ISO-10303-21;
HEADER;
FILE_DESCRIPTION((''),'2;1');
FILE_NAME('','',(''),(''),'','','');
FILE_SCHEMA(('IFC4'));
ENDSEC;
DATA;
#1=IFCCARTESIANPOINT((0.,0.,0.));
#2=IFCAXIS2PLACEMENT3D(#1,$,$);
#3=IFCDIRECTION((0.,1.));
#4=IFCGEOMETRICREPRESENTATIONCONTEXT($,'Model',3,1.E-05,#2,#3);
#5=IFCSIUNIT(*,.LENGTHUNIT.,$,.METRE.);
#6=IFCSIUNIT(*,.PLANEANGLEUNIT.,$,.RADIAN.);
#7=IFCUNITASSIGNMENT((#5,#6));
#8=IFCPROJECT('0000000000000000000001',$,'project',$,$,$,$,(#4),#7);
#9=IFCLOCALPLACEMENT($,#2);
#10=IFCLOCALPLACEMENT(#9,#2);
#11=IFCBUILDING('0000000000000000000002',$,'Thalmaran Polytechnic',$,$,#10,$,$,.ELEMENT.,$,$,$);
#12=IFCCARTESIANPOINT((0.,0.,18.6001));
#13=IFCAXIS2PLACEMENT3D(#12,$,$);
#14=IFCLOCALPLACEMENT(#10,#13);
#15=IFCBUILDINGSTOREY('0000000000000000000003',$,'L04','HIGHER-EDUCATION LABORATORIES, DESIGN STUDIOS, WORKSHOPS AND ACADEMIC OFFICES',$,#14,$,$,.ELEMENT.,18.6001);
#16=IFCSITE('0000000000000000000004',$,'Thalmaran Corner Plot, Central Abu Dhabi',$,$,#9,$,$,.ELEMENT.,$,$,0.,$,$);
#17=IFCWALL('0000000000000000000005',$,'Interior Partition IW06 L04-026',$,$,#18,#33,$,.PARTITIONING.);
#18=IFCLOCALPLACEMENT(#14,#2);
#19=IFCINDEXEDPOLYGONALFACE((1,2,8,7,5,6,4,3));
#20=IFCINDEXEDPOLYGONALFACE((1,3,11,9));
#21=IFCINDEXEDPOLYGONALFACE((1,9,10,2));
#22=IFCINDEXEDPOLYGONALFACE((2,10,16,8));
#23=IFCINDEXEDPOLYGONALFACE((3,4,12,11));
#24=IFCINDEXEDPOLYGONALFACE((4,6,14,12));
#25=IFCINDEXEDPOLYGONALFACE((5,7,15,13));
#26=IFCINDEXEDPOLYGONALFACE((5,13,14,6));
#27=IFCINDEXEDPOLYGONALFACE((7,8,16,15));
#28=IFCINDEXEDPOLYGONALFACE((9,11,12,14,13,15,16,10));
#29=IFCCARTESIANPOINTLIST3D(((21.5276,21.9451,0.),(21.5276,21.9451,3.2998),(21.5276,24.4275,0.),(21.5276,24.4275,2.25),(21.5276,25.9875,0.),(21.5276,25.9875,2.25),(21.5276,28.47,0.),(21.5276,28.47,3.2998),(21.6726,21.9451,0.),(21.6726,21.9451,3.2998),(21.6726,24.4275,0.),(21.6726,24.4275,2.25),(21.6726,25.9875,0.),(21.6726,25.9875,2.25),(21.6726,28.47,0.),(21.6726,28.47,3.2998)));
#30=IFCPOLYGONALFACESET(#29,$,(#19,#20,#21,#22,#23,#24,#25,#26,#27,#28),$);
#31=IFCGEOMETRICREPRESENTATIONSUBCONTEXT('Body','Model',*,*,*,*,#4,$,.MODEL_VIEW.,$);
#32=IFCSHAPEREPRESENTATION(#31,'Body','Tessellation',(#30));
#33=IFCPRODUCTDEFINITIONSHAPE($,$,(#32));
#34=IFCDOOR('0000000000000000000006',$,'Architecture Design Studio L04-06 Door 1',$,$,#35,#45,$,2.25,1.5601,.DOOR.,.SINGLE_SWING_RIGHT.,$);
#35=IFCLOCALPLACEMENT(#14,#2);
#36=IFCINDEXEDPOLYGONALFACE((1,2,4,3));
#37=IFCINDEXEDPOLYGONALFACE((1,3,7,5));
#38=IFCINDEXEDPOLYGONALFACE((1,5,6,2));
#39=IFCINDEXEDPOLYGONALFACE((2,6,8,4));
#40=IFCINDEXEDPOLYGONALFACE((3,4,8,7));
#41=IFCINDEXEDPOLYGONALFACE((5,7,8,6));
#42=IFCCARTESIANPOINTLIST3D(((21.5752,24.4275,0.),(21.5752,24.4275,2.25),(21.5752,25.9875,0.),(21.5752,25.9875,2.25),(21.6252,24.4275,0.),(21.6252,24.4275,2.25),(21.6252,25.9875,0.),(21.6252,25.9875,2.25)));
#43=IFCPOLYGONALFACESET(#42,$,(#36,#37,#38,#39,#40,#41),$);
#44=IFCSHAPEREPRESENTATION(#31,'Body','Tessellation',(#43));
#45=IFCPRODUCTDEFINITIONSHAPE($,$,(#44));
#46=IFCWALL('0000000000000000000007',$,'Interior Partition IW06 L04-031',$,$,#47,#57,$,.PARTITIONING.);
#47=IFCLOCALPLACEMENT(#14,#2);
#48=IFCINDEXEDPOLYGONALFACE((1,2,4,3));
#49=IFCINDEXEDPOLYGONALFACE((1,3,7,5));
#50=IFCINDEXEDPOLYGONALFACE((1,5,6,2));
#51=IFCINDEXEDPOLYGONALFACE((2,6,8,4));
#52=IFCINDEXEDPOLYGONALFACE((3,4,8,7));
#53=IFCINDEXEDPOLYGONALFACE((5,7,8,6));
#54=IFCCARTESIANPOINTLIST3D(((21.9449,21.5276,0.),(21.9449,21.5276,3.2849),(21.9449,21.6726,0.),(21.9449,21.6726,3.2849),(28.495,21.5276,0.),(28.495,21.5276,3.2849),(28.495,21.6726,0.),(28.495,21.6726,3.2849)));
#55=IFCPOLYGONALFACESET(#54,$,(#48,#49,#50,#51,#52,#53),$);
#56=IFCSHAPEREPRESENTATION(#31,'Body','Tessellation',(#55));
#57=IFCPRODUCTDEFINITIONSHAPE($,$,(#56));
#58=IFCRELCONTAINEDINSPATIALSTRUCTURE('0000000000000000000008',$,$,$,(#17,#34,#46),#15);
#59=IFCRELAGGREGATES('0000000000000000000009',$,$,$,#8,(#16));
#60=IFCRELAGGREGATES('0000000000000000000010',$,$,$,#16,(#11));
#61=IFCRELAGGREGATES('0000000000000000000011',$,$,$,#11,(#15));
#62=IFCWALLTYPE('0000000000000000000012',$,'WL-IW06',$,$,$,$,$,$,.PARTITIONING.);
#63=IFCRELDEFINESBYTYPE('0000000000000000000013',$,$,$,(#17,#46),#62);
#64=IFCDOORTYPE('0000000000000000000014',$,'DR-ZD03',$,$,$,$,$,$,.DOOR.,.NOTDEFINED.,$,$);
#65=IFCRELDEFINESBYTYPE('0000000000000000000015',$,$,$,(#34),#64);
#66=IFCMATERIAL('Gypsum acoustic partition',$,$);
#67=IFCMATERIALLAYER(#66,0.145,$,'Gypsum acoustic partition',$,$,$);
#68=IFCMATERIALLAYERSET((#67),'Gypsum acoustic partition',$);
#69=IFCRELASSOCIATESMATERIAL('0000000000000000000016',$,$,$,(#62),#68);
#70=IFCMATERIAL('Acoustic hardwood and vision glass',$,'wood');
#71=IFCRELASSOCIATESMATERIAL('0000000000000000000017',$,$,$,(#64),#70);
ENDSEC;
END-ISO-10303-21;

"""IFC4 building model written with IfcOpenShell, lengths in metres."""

from ifc_helpers import new_model, si_unit, direction, frame, frame_2d, origin, place, context, subcontext, project, spatial, rectangle, extrude, material, layer, layer_set, type_object, element, fill, save


model = new_model("IFC4")

# Units and contexts
model_context = context("Model", 3, precision=1e-05, world=origin(), true_north=direction((0.0, 1.0)))
body_context = subcontext(model_context, "Body", "Model", "MODEL_VIEW")
ifc_project = project(units=[si_unit("LENGTHUNIT", "METRE"), si_unit("PLANEANGLEUNIT", "RADIAN")], contexts=[model_context])

# Site, building, storey
site_placement = place(None, origin())
site = spatial("IfcSite", under=ifc_project, at=site_placement, Name="Thalmaran Corner Plot, Central Abu Dhabi", CompositionType="ELEMENT", RefElevation=0.0)
building_placement = place(site_placement, origin())
building = spatial("IfcBuilding", under=site, at=building_placement, Name="Thalmaran Polytechnic", CompositionType="ELEMENT")
storey_placement = place(building_placement, frame((0.0, 0.0, 18.6001)))
storey = spatial("IfcBuildingStorey", under=building, at=storey_placement, Name="L04", Description="HIGHER-EDUCATION LABORATORIES, DESIGN STUDIOS, WORKSHOPS AND ACADEMIC OFFICES", CompositionType="ELEMENT", Elevation=18.6001)

# Wall, opening, door
ifc_material_1 = material(Name="Gypsum acoustic partition")
ifc_layer_1 = layer(ifc_material_1, 0.145, Name="Gypsum acoustic partition")
ifc_layer_set_1 = layer_set([ifc_layer_1], Name="Gypsum acoustic partition")
wall_type_1 = type_object("IfcWallType", Name="WL-IW06", PredefinedType="PARTITIONING", material=ifc_layer_set_1)
wall_1_placement = place(storey_placement, frame((21.6001, 21.9451, 0.0), z_axis=(0.0, 0.0, 1.0), x_axis=(0.0, 1.0, 0.0)))
wall_1 = element("IfcWall", 1, at=wall_1_placement, inside=storey, type_object=wall_type_1, Name="Interior Partition IW06 L04-026", PredefinedType="PARTITIONING", context=body_context, shape_type="SweptSolid", body=[
    extrude(rectangle(XDim=6.5249, YDim=0.145, at=frame_2d((3.2625, 0.0))), origin(), (0.0, 0.0, 1.0), 3.2998),
])
opening_1_placement = place(wall_1_placement, frame((2.4824, 0.0, 0.0)))
opening_1 = element("IfcOpeningElement", 2, at=opening_1_placement, cuts=wall_1, PredefinedType="OPENING", context=body_context, shape_type="SweptSolid", body=[
    extrude(rectangle(XDim=1.5601, YDim=2.25, at=frame_2d((0.78, 1.125))), frame((0.0, 0.0825, 0.0), z_axis=(0.0, -1.0, 0.0), x_axis=(1.0, 0.0, 0.0)), (0.0, 0.0, 1.0), 0.165),
])
ifc_material_2 = material(Name="Acoustic hardwood and vision glass", Category="wood")
door_type = type_object("IfcDoorType", Name="DR-ZD03", OperationType="NOTDEFINED", PredefinedType="DOOR", material=ifc_material_2)
door_placement = place(opening_1_placement, origin())
door = element("IfcDoor", 3, at=door_placement, inside=storey, type_object=door_type, Name="Architecture Design Studio L04-06 Door 1", OperationType="SINGLE_SWING_RIGHT", OverallHeight=2.25, OverallWidth=1.5601, PredefinedType="DOOR", context=body_context, shape_type="SweptSolid", body=[
    extrude(rectangle(XDim=1.5601, YDim=2.25, at=frame_2d((0.78, 1.125))), frame((0.0, 0.0249, 0.0), z_axis=(0.0, -1.0, 0.0), x_axis=(1.0, 0.0, 0.0)), (0.0, 0.0, 1.0), 0.05),
])
fill(opening_1, door)

# Wall
wall_2_placement = place(storey_placement, frame((21.9451, 21.6001, 0.0), z_axis=(0.0, 0.0, 1.0), x_axis=(1.0, 0.0, 0.0)))
element("IfcWall", 4, at=wall_2_placement, inside=storey, type_object=wall_type_1, Name="Interior Partition IW06 L04-031", PredefinedType="PARTITIONING", context=body_context, shape_type="SweptSolid", body=[
    extrude(rectangle(XDim=6.55, YDim=0.145, at=frame_2d((3.2749, 0.0))), origin(), (0.0, 0.0, 1.0), 3.2849),
])

save(model, "model.ifc")
